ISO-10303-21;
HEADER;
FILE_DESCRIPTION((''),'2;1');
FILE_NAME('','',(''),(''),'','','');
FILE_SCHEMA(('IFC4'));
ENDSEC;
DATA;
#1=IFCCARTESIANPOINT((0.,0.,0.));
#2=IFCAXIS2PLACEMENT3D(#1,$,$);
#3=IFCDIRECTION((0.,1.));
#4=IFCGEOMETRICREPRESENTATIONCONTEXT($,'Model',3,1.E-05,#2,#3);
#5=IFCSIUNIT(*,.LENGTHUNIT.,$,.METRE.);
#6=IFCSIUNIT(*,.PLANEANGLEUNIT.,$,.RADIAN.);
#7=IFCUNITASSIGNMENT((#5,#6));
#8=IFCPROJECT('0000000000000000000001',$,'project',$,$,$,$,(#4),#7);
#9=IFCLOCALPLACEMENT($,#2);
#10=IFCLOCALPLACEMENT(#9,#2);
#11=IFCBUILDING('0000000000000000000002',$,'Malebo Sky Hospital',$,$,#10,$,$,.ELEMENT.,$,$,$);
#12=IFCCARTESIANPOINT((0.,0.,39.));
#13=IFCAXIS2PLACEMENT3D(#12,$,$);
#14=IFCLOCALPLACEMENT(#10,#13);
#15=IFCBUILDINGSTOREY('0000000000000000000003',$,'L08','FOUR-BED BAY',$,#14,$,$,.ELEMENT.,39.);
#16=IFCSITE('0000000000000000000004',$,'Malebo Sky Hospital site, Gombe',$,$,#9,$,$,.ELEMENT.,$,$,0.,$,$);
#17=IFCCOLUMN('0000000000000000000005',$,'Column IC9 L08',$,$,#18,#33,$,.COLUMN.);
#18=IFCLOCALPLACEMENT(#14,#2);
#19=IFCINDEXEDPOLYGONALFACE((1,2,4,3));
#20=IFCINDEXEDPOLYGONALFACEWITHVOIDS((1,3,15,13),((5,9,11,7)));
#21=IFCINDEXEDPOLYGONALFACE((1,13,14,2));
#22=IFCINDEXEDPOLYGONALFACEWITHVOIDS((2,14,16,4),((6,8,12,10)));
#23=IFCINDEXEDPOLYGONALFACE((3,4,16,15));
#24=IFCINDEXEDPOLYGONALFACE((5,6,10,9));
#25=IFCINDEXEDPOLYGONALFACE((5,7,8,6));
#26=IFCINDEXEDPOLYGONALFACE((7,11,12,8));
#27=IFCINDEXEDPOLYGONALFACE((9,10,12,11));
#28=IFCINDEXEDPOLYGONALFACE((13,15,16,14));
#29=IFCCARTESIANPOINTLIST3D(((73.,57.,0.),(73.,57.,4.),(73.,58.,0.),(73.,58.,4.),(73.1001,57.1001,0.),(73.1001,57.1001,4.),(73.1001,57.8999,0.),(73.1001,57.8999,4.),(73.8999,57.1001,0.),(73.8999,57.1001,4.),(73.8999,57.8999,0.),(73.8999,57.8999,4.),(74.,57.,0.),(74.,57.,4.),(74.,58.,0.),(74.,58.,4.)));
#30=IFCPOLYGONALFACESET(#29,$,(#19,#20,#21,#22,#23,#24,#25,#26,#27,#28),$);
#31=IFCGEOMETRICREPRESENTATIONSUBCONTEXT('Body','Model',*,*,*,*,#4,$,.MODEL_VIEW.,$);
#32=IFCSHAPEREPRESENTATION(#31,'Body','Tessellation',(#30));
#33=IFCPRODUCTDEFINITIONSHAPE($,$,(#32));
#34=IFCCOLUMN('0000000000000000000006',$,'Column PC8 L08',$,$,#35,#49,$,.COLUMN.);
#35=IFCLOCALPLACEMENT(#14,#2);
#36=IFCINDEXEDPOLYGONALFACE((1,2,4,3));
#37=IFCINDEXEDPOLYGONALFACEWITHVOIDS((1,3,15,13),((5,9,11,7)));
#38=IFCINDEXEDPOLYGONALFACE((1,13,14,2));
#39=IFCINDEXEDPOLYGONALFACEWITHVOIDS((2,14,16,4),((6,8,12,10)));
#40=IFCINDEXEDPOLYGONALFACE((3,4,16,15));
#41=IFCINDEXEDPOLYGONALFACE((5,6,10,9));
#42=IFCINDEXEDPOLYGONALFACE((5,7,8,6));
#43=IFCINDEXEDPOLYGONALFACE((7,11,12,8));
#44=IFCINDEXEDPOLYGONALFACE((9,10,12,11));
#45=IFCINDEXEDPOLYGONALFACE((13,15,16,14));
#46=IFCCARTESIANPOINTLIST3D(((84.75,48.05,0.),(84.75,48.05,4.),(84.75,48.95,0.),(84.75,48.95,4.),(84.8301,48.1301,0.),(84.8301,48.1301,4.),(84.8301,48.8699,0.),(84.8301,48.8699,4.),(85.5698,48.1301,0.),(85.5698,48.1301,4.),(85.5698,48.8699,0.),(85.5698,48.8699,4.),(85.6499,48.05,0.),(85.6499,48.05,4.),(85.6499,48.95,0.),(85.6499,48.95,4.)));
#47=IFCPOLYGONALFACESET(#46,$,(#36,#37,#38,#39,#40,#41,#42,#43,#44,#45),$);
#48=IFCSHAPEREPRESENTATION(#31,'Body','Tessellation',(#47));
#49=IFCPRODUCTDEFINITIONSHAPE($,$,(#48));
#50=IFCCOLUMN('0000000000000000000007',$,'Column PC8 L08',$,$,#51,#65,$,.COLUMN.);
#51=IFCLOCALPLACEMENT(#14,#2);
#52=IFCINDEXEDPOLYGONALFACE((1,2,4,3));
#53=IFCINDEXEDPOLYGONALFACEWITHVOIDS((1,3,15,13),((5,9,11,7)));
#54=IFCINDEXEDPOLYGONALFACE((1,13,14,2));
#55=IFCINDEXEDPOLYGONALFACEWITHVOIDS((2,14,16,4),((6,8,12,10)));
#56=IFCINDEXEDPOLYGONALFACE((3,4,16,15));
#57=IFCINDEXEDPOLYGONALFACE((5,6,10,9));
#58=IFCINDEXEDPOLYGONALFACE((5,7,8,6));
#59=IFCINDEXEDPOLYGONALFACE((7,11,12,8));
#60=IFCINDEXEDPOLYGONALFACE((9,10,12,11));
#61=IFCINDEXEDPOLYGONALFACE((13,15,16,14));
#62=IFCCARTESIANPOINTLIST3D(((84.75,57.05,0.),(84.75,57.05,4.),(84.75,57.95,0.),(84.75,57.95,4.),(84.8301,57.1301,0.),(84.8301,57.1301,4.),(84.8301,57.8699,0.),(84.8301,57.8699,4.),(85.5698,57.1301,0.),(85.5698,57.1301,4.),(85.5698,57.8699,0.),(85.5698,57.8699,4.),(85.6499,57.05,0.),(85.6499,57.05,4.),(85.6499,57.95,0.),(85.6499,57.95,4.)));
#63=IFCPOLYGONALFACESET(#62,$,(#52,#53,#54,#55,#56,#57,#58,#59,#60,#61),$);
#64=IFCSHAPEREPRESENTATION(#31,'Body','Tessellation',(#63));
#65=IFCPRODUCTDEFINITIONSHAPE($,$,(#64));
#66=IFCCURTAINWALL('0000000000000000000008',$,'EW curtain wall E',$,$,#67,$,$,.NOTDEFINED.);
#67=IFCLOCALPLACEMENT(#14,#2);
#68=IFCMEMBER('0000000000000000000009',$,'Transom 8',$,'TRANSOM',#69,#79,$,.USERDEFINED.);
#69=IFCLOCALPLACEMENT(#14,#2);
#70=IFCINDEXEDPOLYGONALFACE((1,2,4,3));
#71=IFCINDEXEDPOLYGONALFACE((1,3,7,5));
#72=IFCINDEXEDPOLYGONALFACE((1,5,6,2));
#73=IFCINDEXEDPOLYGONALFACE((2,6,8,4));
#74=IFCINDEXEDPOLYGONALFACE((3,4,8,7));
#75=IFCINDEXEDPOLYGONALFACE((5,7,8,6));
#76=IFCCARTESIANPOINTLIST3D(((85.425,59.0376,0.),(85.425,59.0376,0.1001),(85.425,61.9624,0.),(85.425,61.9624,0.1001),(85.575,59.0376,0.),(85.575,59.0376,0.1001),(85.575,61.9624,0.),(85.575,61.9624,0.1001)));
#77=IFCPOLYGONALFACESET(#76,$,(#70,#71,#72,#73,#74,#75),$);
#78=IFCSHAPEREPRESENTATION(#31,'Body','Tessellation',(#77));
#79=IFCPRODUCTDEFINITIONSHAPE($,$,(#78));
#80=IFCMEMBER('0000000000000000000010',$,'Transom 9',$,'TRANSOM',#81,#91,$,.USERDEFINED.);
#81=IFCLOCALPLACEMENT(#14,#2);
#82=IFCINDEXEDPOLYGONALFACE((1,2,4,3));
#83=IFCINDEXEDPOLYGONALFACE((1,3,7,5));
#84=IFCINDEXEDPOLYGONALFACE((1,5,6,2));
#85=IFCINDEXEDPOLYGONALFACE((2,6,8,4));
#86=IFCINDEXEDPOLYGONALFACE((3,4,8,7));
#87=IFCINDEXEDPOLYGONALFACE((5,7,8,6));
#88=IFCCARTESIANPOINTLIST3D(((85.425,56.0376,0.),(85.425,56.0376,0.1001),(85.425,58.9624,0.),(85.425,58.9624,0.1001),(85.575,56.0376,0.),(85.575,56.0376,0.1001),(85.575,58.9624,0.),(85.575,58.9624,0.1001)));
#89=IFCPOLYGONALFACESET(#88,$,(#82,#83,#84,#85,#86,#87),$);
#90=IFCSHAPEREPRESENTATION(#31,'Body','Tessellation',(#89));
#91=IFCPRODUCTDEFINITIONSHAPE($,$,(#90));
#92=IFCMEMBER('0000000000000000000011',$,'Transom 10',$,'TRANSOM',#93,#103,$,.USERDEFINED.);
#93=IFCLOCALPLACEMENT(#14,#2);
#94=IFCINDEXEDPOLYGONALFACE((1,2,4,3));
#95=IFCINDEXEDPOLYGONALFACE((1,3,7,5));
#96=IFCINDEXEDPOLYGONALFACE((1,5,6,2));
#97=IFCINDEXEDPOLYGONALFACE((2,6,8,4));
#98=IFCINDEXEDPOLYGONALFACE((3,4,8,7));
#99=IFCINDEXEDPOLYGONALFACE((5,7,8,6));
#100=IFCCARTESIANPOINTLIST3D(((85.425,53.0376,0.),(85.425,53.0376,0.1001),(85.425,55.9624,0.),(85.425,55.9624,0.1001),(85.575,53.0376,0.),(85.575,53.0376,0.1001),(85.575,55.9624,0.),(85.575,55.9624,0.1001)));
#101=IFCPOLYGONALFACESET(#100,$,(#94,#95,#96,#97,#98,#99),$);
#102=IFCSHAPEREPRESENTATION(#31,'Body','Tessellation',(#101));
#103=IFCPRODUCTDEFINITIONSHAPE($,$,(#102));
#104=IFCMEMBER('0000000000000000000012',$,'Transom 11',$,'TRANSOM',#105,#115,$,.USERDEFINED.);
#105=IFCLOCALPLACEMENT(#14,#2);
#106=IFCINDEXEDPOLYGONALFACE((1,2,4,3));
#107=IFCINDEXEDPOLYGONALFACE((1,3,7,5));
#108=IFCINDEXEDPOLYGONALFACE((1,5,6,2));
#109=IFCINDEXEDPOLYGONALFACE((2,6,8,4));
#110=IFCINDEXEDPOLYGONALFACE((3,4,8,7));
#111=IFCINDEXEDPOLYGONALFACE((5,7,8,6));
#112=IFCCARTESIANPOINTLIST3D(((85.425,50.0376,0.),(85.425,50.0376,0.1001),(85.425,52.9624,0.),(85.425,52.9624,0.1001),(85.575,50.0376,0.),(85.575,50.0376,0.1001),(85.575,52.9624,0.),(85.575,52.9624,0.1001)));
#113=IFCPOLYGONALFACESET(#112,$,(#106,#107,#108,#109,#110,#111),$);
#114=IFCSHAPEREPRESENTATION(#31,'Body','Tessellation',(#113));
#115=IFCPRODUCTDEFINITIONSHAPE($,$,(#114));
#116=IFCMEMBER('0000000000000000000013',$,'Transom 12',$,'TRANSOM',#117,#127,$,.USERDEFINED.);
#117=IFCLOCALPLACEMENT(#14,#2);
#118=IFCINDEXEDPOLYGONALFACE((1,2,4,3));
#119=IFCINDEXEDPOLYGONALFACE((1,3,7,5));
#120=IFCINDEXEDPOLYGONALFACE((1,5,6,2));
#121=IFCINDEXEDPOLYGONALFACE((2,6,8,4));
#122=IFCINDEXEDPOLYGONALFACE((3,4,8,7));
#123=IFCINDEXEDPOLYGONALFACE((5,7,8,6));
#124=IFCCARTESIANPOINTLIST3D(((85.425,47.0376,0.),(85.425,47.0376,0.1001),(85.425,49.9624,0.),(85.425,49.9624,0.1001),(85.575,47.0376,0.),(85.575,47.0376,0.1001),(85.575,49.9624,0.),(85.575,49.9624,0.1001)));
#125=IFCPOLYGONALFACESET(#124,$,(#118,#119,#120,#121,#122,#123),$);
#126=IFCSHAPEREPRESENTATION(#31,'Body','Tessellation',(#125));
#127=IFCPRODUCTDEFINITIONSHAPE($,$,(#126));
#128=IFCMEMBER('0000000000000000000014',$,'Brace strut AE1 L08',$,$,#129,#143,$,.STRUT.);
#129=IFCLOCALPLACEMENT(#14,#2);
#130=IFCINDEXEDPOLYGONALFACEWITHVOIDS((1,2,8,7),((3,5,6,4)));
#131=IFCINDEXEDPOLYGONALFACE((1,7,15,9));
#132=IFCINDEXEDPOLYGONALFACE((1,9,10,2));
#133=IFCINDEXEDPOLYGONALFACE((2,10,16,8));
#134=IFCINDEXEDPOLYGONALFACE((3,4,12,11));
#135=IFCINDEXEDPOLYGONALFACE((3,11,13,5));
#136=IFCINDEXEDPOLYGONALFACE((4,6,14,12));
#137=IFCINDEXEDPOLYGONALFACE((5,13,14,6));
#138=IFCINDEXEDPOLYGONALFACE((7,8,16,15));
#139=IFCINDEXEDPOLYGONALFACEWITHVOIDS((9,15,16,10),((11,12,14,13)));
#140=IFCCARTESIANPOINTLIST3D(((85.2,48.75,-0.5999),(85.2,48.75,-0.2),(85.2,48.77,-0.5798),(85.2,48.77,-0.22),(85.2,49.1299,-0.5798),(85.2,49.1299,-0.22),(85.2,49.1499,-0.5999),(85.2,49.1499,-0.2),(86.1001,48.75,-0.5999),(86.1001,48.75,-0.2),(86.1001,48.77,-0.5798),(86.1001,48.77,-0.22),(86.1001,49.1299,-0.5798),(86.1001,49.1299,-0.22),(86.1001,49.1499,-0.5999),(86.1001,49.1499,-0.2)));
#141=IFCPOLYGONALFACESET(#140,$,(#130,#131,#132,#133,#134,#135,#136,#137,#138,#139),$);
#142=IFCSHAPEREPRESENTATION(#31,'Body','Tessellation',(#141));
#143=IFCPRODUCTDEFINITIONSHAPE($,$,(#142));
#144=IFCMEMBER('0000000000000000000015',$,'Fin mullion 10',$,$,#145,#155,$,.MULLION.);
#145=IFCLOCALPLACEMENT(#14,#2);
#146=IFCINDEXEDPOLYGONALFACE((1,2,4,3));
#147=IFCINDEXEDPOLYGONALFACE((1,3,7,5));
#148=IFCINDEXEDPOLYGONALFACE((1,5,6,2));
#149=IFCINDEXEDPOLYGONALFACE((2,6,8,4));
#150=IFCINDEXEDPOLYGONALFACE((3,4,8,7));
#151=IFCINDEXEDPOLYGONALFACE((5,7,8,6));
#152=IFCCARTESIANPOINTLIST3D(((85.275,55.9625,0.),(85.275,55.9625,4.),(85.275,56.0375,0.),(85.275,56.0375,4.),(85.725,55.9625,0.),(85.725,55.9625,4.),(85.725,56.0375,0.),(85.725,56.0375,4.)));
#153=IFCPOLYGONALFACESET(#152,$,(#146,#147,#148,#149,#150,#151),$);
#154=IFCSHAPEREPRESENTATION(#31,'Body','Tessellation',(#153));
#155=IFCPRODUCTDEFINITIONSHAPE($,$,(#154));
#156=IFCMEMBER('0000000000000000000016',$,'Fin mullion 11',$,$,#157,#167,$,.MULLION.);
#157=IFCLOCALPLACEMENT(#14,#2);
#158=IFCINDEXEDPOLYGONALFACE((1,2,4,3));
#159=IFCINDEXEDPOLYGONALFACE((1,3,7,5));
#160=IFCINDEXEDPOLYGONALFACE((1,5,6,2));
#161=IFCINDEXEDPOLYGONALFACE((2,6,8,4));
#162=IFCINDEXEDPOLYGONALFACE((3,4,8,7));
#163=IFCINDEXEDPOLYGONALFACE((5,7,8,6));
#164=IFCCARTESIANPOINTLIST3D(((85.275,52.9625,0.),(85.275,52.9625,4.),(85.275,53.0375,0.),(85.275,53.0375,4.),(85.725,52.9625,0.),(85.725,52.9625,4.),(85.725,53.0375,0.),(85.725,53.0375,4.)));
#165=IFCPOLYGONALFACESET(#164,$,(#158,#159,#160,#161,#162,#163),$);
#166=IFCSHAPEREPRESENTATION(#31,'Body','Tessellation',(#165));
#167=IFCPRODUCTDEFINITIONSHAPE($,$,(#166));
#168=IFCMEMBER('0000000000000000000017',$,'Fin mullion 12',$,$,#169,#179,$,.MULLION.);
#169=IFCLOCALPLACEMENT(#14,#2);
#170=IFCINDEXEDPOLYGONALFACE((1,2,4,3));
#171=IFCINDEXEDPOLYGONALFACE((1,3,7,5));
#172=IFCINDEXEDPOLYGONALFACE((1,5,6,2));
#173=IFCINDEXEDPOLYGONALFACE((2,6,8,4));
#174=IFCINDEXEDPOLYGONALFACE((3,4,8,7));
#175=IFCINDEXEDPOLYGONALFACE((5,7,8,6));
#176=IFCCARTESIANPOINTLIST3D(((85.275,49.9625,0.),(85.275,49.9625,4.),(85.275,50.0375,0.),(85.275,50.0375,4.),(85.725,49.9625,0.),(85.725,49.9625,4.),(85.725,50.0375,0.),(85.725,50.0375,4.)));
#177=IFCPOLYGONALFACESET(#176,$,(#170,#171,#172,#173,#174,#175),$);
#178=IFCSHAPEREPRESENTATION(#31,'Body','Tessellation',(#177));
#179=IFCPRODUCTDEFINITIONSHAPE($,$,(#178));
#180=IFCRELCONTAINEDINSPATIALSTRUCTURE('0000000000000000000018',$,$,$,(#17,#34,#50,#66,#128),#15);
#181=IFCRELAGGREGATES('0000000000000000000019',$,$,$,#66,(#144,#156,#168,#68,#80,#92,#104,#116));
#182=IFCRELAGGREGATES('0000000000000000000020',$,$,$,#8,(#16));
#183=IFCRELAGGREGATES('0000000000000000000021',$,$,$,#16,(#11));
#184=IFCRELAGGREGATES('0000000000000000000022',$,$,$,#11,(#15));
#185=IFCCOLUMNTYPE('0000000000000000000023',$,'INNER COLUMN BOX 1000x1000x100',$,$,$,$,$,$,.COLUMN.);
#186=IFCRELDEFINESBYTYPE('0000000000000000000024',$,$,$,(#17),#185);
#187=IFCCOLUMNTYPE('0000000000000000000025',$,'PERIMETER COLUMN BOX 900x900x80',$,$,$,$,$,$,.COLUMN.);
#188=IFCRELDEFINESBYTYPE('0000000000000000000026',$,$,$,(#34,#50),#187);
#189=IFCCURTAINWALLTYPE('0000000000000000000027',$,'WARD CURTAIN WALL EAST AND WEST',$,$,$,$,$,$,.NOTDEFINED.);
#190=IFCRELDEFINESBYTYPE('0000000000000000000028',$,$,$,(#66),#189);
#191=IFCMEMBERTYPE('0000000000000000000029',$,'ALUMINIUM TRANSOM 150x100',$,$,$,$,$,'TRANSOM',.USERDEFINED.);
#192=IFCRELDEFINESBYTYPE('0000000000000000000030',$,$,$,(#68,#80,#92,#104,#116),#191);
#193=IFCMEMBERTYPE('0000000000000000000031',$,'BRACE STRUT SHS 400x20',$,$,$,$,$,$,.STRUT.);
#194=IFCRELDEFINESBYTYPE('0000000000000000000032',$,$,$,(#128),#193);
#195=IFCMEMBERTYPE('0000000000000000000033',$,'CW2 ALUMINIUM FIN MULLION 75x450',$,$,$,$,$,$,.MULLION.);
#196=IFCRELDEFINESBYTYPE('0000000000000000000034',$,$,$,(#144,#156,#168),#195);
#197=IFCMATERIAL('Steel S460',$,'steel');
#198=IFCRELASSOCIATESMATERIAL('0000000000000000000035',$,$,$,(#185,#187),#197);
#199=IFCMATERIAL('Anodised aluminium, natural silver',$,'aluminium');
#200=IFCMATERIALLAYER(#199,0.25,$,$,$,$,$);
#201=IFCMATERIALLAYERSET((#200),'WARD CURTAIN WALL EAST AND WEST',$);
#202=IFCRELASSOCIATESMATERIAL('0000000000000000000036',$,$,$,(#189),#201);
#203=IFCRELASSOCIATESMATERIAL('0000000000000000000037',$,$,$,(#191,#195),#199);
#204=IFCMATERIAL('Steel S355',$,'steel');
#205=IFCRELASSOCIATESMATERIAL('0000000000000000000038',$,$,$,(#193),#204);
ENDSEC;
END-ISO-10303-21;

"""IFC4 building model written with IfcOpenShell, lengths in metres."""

from ifc_helpers import new_model, si_unit, direction, frame, origin, origin_2d, place, context, subcontext, project, spatial, rectangle, hollow_rectangle, extrude, material, layer, layer_set, material_profile, profile_set, type_object, element, aggregate, save


model = new_model("IFC4")

# Units and contexts
model_context = context("Model", 3, precision=1e-05, world=origin(), true_north=direction((0.0, 1.0)))
body_context = subcontext(model_context, "Body", "Model", "MODEL_VIEW")
ifc_project = project(units=[si_unit("LENGTHUNIT", "METRE"), si_unit("PLANEANGLEUNIT", "RADIAN")], contexts=[model_context])

# Site, building, storey
site_placement = place(None, origin())
site = spatial("IfcSite", under=ifc_project, at=site_placement, Name="Malebo Sky Hospital site, Gombe", CompositionType="ELEMENT", RefElevation=0.0)
building_placement = place(site_placement, origin())
building = spatial("IfcBuilding", under=site, at=building_placement, Name="Malebo Sky Hospital", CompositionType="ELEMENT")
storey_placement = place(building_placement, frame((0.0, 0.0, 39.0)))
storey = spatial("IfcBuildingStorey", under=building, at=storey_placement, Name="L08", Description="FOUR-BED BAY", CompositionType="ELEMENT", Elevation=39.0)

# Columns
ifc_material_1 = material(Name="Steel S460", Category="steel")
ifc_material_profile_1 = material_profile(ifc_material_1, hollow_rectangle(XDim=1.0, YDim=1.0, WallThickness=0.1001, at=origin_2d()), Name="BOX 1000x1000x100")
ifc_profile_set_1 = profile_set([ifc_material_profile_1], Name="Steel S460")
column_type_1 = type_object("IfcColumnType", Name="INNER COLUMN BOX 1000x1000x100", PredefinedType="COLUMN", material=ifc_profile_set_1)
column_placement = place(storey_placement, frame((73.5, 57.5, 0.0), z_axis=(0.0, 0.0, 1.0), x_axis=(1.0, 0.0, 0.0)))
element("IfcColumn", 1, at=column_placement, inside=storey, type_object=column_type_1, Name="Column IC9 L08", PredefinedType="COLUMN", context=body_context, shape_type="SweptSolid", body=[
    extrude(hollow_rectangle(XDim=1.0, YDim=1.0, WallThickness=0.1001, at=origin_2d()), origin(), (0.0, 0.0, 1.0), 4.0),
])
ifc_material_profile_2 = material_profile(ifc_material_1, hollow_rectangle(XDim=0.8999, YDim=0.8999, WallThickness=0.0801, at=origin_2d()), Name="BOX 900x900x80")
ifc_profile_set_2 = profile_set([ifc_material_profile_2], Name="Steel S460")
column_type_2 = type_object("IfcColumnType", Name="PERIMETER COLUMN BOX 900x900x80", PredefinedType="COLUMN", material=ifc_profile_set_2)
for number, where, z_axis, x_axis, name in (
    (2, (85.2, 48.5, 0.0), (0.0, 0.0, 1.0), (1.0, 0.0, 0.0), "Column PC8 L08"),
    (3, (85.2, 57.5, 0.0), (0.0, 0.0, 1.0), (1.0, 0.0, 0.0), "Column PC8 L08"),
):
    element("IfcColumn", number, at=place(storey_placement, frame(where, z_axis=z_axis, x_axis=x_axis)), inside=storey, type_object=column_type_2, Name=name, PredefinedType="COLUMN", context=body_context, shape_type="SweptSolid", body=[
        extrude(hollow_rectangle(XDim=0.8999, YDim=0.8999, WallThickness=0.0801, at=origin_2d()), origin(), (0.0, 0.0, 1.0), 4.0),
    ])

# Curtain wall, members
ifc_material_2 = material(Name="Anodised aluminium, natural silver", Category="aluminium")
ifc_layer_1 = layer(ifc_material_2, 0.25)
ifc_layer_set_1 = layer_set([ifc_layer_1], Name="WARD CURTAIN WALL EAST AND WEST")
curtain_wall_type = type_object("IfcCurtainWallType", Name="WARD CURTAIN WALL EAST AND WEST", PredefinedType="NOTDEFINED", material=ifc_layer_set_1)
curtain_wall_placement = place(storey_placement, origin())
curtain_wall = element("IfcCurtainWall", 4, at=curtain_wall_placement, inside=storey, type_object=curtain_wall_type, Name="EW curtain wall E", PredefinedType="NOTDEFINED")
ifc_material_profile_3 = material_profile(ifc_material_2, rectangle(XDim=0.1499, YDim=0.1001, at=origin_2d()), Name="ALUMINIUM TRANSOM 150x100")
ifc_profile_set_3 = profile_set([ifc_material_profile_3], Name="Anodised aluminium, natural silver")
member_type_1 = type_object("IfcMemberType", Name="ALUMINIUM TRANSOM 150x100", ElementType="TRANSOM", PredefinedType="USERDEFINED", material=ifc_profile_set_3)
member_1_placement = place(storey_placement, frame((85.5, 61.9624, 0.05), z_axis=(0.0, -1.0, 0.0), x_axis=(1.0, 0.0, 0.0)))
member_1 = element("IfcMember", 5, at=member_1_placement, type_object=member_type_1, Name="Transom 8", ObjectType="TRANSOM", PredefinedType="USERDEFINED", context=body_context, shape_type="SweptSolid", body=[
    extrude(rectangle(XDim=0.1499, YDim=0.1001, at=origin_2d()), origin(), (0.0, 0.0, 1.0), 2.9248),
])
member_2_placement = place(storey_placement, frame((85.5, 58.9624, 0.05), z_axis=(0.0, -1.0, 0.0), x_axis=(1.0, 0.0, 0.0)))
member_2 = element("IfcMember", 6, at=member_2_placement, type_object=member_type_1, Name="Transom 9", ObjectType="TRANSOM", PredefinedType="USERDEFINED", context=body_context, shape_type="SweptSolid", body=[
    extrude(rectangle(XDim=0.1499, YDim=0.1001, at=origin_2d()), origin(), (0.0, 0.0, 1.0), 2.9248),
])
member_3_placement = place(storey_placement, frame((85.5, 55.9624, 0.05), z_axis=(0.0, -1.0, 0.0), x_axis=(1.0, 0.0, 0.0)))
member_3 = element("IfcMember", 7, at=member_3_placement, type_object=member_type_1, Name="Transom 10", ObjectType="TRANSOM", PredefinedType="USERDEFINED", context=body_context, shape_type="SweptSolid", body=[
    extrude(rectangle(XDim=0.1499, YDim=0.1001, at=origin_2d()), origin(), (0.0, 0.0, 1.0), 2.9248),
])
member_4_placement = place(storey_placement, frame((85.5, 52.9624, 0.05), z_axis=(0.0, -1.0, 0.0), x_axis=(1.0, 0.0, 0.0)))
member_4 = element("IfcMember", 8, at=member_4_placement, type_object=member_type_1, Name="Transom 11", ObjectType="TRANSOM", PredefinedType="USERDEFINED", context=body_context, shape_type="SweptSolid", body=[
    extrude(rectangle(XDim=0.1499, YDim=0.1001, at=origin_2d()), origin(), (0.0, 0.0, 1.0), 2.9248),
])
member_5_placement = place(storey_placement, frame((85.5, 49.9624, 0.05), z_axis=(0.0, -1.0, 0.0), x_axis=(1.0, 0.0, 0.0)))
member_5 = element("IfcMember", 9, at=member_5_placement, type_object=member_type_1, Name="Transom 12", ObjectType="TRANSOM", PredefinedType="USERDEFINED", context=body_context, shape_type="SweptSolid", body=[
    extrude(rectangle(XDim=0.1499, YDim=0.1001, at=origin_2d()), origin(), (0.0, 0.0, 1.0), 2.9248),
])

# Members
ifc_material_3 = material(Name="Steel S355", Category="steel")
ifc_material_profile_4 = material_profile(ifc_material_3, hollow_rectangle(XDim=0.3999, YDim=0.3999, WallThickness=0.02, at=origin_2d()), Name="SHS 400x20")
ifc_profile_set_4 = profile_set([ifc_material_profile_4], Name="Steel S355")
member_type_2 = type_object("IfcMemberType", Name="BRACE STRUT SHS 400x20", PredefinedType="STRUT", material=ifc_profile_set_4)
member_6_placement = place(storey_placement, frame((86.1001, 48.95, -0.3999), z_axis=(-1.0, 0.0, 0.0), x_axis=(0.0, -1.0, 0.0)))
element("IfcMember", 10, at=member_6_placement, inside=storey, type_object=member_type_2, Name="Brace strut AE1 L08", PredefinedType="STRUT", context=body_context, shape_type="SweptSolid", body=[
    extrude(hollow_rectangle(XDim=0.3999, YDim=0.3999, WallThickness=0.02, at=origin_2d()), origin(), (0.0, 0.0, 1.0), 0.9001),
])
ifc_material_profile_5 = material_profile(ifc_material_2, rectangle(XDim=0.075, YDim=0.45, at=origin_2d()), Name="CW2 ALUMINIUM FIN MULLION 75x450")
ifc_profile_set_5 = profile_set([ifc_material_profile_5], Name="Anodised aluminium, natural silver")
member_type_3 = type_object("IfcMemberType", Name="CW2 ALUMINIUM FIN MULLION 75x450", PredefinedType="MULLION", material=ifc_profile_set_5)
member_7_placement = place(storey_placement, frame((85.5, 56.0, 0.0), z_axis=(0.0, 0.0, 1.0), x_axis=(0.0, -1.0, 0.0)))
member_7 = element("IfcMember", 11, at=member_7_placement, type_object=member_type_3, Name="Fin mullion 10", PredefinedType="MULLION", context=body_context, shape_type="SweptSolid", body=[
    extrude(rectangle(XDim=0.075, YDim=0.45, at=origin_2d()), origin(), (0.0, 0.0, 1.0), 4.0),
])
member_8_placement = place(storey_placement, frame((85.5, 53.0, 0.0), z_axis=(0.0, 0.0, 1.0), x_axis=(0.0, -1.0, 0.0)))
member_8 = element("IfcMember", 12, at=member_8_placement, type_object=member_type_3, Name="Fin mullion 11", PredefinedType="MULLION", context=body_context, shape_type="SweptSolid", body=[
    extrude(rectangle(XDim=0.075, YDim=0.45, at=origin_2d()), origin(), (0.0, 0.0, 1.0), 4.0),
])
member_9_placement = place(storey_placement, frame((85.5, 50.0, 0.0), z_axis=(0.0, 0.0, 1.0), x_axis=(0.0, -1.0, 0.0)))
member_9 = element("IfcMember", 13, at=member_9_placement, type_object=member_type_3, Name="Fin mullion 12", PredefinedType="MULLION", context=body_context, shape_type="SweptSolid", body=[
    extrude(rectangle(XDim=0.075, YDim=0.45, at=origin_2d()), origin(), (0.0, 0.0, 1.0), 4.0),
])

aggregate(curtain_wall, [member_7, member_8, member_9, member_1, member_2, member_3, member_4, member_5])

save(model, "model.ifc")
